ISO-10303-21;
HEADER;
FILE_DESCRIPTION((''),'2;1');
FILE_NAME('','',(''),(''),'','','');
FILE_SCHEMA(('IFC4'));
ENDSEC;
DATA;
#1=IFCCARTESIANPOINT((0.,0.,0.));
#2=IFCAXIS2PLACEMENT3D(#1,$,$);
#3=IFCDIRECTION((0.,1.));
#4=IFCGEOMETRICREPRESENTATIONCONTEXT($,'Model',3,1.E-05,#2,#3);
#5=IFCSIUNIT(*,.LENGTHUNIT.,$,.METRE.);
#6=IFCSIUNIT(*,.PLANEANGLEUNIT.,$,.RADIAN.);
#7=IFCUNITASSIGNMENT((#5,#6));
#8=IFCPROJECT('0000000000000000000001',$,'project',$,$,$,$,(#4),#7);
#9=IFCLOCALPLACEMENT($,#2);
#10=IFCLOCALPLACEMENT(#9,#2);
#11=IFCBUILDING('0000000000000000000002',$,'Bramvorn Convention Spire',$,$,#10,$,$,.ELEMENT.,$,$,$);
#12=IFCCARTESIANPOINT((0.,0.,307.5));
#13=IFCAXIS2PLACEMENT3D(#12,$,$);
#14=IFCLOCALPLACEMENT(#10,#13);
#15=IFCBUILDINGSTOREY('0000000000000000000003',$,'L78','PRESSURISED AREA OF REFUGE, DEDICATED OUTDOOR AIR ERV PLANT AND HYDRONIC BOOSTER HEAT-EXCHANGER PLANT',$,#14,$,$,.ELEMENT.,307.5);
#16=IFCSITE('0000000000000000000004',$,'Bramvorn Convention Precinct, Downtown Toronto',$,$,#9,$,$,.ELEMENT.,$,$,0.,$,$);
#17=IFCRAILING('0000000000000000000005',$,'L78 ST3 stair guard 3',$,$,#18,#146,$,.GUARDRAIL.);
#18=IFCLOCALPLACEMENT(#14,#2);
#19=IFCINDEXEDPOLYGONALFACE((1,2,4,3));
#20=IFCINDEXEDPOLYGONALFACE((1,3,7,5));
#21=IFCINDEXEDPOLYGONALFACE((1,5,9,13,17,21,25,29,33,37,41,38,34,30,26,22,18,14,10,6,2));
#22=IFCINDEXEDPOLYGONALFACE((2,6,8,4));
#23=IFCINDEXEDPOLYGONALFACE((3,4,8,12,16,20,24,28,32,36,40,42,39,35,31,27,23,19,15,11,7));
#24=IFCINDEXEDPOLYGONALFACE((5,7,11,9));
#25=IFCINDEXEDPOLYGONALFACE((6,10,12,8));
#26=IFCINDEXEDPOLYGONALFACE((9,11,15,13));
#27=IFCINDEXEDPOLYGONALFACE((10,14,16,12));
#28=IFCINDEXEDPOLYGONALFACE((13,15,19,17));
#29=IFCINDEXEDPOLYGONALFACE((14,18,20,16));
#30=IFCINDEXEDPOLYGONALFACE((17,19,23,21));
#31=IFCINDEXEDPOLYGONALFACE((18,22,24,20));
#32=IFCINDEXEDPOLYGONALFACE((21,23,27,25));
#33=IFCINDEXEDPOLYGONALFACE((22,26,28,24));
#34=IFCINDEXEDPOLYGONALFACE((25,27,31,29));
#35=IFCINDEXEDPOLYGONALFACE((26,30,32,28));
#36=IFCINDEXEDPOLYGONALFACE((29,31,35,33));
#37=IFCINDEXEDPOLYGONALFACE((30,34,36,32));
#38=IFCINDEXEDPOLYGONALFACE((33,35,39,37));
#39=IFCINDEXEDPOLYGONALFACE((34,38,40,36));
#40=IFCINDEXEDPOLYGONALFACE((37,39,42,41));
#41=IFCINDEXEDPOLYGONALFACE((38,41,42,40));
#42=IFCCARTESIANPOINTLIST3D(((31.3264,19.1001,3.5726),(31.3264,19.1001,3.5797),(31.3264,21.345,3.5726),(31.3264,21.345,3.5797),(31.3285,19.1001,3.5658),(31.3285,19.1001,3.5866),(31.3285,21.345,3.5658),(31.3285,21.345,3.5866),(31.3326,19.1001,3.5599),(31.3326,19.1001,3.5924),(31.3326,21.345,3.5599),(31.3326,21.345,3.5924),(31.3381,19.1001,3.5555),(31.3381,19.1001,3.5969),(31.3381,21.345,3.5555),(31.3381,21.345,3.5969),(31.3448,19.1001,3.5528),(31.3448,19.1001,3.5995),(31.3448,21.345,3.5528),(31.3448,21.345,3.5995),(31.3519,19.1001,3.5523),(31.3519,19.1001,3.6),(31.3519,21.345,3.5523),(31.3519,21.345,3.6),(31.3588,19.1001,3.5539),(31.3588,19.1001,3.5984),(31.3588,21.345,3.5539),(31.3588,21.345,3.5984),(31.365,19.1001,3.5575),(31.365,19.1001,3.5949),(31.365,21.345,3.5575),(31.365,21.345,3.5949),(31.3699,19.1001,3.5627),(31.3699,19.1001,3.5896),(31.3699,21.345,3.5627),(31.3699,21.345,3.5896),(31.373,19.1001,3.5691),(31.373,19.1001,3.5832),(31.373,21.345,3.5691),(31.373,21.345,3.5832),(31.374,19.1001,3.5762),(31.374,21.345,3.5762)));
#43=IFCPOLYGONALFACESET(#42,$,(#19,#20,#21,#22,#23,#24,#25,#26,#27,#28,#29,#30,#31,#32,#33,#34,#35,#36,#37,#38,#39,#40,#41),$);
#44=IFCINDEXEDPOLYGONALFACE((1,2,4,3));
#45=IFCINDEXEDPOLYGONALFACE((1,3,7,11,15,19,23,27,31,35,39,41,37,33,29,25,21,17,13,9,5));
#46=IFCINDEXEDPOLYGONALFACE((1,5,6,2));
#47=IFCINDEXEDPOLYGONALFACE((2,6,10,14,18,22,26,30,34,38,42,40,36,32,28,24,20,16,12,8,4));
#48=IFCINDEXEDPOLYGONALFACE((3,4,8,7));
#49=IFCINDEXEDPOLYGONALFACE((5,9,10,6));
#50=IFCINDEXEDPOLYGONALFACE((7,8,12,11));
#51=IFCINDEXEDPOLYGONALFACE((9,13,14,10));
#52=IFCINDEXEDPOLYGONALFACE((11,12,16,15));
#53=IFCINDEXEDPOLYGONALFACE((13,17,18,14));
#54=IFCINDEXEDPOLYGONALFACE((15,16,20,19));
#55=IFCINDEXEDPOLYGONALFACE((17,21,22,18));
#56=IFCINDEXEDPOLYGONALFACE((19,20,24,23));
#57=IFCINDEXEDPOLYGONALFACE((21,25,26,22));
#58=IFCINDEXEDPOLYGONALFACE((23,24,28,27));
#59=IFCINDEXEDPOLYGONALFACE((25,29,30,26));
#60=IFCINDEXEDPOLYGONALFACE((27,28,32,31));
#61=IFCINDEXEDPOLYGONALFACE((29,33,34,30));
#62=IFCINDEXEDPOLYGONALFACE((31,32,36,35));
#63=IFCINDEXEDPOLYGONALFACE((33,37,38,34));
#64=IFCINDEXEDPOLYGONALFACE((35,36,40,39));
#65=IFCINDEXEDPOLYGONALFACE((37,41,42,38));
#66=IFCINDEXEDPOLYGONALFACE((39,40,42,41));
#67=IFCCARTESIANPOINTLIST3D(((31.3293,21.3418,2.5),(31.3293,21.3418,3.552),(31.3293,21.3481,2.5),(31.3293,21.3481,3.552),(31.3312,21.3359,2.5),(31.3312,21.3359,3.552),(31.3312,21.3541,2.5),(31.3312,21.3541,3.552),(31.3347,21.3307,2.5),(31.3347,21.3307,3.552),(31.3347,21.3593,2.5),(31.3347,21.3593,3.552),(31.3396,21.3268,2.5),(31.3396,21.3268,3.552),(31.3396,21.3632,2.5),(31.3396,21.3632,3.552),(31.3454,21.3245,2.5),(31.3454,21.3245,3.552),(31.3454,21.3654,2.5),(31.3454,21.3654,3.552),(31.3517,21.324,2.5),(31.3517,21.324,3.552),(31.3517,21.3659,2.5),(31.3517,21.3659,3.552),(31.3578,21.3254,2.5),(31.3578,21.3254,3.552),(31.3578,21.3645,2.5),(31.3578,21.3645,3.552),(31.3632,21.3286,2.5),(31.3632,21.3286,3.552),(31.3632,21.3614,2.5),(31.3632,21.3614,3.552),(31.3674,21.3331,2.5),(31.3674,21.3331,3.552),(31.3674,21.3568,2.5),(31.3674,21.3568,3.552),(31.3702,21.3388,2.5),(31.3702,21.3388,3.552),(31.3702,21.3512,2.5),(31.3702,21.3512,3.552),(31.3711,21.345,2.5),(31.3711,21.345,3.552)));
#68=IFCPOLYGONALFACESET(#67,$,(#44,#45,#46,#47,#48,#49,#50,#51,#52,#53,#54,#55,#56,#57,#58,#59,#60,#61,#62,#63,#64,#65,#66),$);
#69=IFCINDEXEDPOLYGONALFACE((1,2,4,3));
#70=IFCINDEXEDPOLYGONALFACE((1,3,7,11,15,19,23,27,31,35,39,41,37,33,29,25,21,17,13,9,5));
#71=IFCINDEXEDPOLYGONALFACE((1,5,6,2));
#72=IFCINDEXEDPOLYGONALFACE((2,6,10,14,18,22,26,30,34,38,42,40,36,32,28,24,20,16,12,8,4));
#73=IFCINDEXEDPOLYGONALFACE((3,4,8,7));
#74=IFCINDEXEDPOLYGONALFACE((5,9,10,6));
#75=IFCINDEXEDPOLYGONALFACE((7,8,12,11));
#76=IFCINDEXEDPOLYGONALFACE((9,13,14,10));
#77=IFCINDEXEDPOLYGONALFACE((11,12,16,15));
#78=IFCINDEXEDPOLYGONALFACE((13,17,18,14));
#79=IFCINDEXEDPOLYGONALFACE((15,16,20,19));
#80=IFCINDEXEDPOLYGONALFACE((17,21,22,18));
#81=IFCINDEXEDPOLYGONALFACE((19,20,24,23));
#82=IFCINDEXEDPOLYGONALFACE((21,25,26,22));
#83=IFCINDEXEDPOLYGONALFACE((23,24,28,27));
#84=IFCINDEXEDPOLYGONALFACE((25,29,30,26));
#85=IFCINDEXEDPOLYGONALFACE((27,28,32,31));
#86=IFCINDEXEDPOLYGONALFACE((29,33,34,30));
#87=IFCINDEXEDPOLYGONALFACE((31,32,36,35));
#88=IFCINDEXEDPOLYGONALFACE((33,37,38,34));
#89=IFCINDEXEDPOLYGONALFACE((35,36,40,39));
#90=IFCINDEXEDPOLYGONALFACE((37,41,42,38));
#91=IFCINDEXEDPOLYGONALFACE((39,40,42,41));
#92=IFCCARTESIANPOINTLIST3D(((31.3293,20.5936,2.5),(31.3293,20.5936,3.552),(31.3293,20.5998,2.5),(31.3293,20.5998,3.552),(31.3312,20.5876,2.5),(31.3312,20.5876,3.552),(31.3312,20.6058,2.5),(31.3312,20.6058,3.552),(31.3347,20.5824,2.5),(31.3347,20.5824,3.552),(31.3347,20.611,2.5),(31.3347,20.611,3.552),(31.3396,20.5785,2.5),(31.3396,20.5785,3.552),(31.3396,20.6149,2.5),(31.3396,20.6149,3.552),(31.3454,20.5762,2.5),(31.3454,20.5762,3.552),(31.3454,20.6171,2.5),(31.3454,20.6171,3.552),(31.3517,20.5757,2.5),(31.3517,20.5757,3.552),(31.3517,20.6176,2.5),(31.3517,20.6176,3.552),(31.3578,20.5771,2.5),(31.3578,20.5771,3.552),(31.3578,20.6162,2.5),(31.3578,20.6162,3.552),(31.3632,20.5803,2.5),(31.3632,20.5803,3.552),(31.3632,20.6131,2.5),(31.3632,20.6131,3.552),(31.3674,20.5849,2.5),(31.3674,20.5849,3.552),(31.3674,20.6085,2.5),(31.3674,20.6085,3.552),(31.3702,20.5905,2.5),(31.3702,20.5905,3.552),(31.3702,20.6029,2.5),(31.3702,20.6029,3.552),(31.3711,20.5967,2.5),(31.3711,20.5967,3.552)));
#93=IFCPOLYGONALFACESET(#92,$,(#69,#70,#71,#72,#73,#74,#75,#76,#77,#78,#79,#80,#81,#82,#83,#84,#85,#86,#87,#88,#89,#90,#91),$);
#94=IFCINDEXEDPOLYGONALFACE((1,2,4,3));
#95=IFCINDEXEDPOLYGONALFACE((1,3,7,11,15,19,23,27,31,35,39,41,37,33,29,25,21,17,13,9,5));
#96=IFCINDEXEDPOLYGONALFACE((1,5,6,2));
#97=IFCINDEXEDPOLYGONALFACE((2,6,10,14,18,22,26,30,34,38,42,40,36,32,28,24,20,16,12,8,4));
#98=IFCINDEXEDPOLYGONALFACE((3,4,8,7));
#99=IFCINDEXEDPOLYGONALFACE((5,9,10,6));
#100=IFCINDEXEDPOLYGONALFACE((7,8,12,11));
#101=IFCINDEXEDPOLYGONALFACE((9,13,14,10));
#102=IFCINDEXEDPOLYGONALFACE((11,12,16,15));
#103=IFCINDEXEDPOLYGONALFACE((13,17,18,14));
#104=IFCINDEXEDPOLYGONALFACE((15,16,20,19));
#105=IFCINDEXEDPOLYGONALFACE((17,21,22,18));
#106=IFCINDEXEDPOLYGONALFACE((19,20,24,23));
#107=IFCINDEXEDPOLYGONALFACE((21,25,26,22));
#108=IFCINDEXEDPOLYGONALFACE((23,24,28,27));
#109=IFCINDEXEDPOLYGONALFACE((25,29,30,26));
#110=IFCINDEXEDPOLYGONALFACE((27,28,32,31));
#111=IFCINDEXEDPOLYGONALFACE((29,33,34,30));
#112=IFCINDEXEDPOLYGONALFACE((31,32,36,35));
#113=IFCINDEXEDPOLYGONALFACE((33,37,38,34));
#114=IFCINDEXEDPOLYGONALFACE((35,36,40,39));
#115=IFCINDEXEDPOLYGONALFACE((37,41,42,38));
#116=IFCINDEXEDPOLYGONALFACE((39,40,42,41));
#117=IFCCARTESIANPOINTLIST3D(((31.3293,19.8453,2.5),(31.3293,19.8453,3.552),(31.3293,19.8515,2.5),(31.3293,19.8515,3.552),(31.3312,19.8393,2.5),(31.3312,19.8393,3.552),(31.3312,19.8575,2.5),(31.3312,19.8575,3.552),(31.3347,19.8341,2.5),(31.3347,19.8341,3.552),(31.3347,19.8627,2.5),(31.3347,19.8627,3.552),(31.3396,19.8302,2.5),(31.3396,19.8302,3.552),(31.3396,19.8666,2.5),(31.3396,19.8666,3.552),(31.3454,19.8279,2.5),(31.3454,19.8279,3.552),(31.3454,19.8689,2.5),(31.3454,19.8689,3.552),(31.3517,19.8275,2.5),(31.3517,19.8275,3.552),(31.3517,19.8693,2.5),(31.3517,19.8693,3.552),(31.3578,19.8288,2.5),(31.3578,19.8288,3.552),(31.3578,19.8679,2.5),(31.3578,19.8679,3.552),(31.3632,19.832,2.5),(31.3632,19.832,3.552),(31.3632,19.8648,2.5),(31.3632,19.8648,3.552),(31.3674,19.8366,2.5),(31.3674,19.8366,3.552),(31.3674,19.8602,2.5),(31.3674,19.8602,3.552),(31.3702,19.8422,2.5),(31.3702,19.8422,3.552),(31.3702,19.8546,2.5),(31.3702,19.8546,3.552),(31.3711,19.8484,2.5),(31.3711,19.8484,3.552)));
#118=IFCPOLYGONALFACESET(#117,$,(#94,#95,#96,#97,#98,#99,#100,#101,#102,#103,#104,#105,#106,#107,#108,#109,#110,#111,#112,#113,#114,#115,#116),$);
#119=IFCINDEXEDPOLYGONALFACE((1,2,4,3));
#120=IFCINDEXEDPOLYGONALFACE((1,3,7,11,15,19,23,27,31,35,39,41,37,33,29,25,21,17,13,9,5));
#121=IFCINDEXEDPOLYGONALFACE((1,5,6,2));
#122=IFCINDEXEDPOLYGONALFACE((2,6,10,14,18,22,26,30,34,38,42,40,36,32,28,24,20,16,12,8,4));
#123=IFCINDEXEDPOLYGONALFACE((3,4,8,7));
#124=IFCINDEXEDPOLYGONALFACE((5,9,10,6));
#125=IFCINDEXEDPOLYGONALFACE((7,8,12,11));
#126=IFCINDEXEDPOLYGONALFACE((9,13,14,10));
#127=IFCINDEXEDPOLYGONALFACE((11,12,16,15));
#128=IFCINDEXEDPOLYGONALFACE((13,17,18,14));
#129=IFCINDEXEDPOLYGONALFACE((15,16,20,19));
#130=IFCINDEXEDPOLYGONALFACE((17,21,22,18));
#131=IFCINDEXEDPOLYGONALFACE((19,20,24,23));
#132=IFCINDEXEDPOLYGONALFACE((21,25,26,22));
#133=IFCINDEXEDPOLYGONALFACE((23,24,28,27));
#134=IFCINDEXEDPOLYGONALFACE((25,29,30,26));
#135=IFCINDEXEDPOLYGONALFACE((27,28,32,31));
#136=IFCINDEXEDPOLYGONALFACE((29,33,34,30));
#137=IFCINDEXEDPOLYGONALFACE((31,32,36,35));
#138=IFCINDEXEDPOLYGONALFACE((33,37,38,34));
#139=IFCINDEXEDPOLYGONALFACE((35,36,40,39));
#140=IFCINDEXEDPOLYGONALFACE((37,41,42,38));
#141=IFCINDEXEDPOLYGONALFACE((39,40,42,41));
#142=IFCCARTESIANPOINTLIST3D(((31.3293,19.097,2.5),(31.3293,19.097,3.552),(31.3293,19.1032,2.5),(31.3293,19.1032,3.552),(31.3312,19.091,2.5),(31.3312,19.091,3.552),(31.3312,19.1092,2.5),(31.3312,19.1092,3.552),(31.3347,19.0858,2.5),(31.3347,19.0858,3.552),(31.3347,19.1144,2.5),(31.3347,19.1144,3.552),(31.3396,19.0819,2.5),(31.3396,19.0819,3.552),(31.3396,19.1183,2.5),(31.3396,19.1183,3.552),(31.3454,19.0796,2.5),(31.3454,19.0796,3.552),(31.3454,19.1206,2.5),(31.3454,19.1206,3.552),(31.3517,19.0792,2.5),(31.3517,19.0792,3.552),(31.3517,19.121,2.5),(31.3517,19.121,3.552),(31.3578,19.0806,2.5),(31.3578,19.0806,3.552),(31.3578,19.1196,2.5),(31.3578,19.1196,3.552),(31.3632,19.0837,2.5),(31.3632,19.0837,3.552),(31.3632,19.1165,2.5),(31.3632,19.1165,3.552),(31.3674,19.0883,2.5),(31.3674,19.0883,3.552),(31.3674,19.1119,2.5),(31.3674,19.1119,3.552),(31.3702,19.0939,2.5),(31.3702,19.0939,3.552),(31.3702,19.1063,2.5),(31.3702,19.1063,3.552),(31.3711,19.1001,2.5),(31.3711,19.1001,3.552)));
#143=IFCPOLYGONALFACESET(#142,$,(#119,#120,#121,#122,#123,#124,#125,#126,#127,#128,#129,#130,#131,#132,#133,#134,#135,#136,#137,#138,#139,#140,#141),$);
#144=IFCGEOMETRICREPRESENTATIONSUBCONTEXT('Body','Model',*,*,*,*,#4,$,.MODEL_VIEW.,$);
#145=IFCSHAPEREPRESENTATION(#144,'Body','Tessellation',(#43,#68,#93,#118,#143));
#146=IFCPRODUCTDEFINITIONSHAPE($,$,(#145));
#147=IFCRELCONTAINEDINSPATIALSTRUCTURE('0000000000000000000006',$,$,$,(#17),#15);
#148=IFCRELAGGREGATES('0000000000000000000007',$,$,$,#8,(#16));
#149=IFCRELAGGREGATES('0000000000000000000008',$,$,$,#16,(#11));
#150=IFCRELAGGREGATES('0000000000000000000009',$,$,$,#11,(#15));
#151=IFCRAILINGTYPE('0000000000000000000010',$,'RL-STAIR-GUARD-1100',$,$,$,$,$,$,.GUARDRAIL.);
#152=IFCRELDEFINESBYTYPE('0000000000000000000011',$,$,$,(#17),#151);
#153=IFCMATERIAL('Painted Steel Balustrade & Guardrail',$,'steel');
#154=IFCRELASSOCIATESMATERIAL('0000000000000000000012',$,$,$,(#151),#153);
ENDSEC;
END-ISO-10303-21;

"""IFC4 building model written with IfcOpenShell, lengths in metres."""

from ifc_helpers import new_model, si_unit, direction, frame, origin, origin_2d, place, context, subcontext, project, spatial, circle, extrude, material, type_object, element, save


model = new_model("IFC4")

# Units and contexts
model_context = context("Model", 3, precision=1e-05, world=origin(), true_north=direction((0.0, 1.0)))
body_context = subcontext(model_context, "Body", "Model", "MODEL_VIEW")
ifc_project = project(units=[si_unit("LENGTHUNIT", "METRE"), si_unit("PLANEANGLEUNIT", "RADIAN")], contexts=[model_context])

# Site, building, storey
site_placement = place(None, origin())
site = spatial("IfcSite", under=ifc_project, at=site_placement, Name="Bramvorn Convention Precinct, Downtown Toronto", CompositionType="ELEMENT", RefElevation=0.0)
building_placement = place(site_placement, origin())
building = spatial("IfcBuilding", under=site, at=building_placement, Name="Bramvorn Convention Spire", CompositionType="ELEMENT")
storey_placement = place(building_placement, frame((0.0, 0.0, 307.5)))
storey = spatial("IfcBuildingStorey", under=building, at=storey_placement, Name="L78", Description="PRESSURISED AREA OF REFUGE, DEDICATED OUTDOOR AIR ERV PLANT AND HYDRONIC BOOSTER HEAT-EXCHANGER PLANT", CompositionType="ELEMENT", Elevation=307.5)

# Railing
ifc_material_1 = material(Name="Painted Steel Balustrade & Guardrail", Category="steel")
railing_type_1 = type_object("IfcRailingType", Name="RL-STAIR-GUARD-1100", PredefinedType="GUARDRAIL", material=ifc_material_1)
for number, where, name in (
    (1, (31.3501, 21.345, 2.5), "L78 ST3 stair guard 3"),
):
    element("IfcRailing", number, at=place(storey_placement, frame(where)), inside=storey, type_object=railing_type_1, Name=name, PredefinedType="GUARDRAIL", context=body_context, shape_type="SweptSolid", body=[
        extrude(circle(Radius=0.0239, at=origin_2d()), frame((0.0, 0.0, 1.0762), z_axis=(0.0, -1.0, 0.0), x_axis=(1.0, 0.0, 0.0)), (0.0, 0.0, 1.0), 2.2449),
        extrude(circle(Radius=0.021, at=origin_2d()), origin(), (0.0, 0.0, 1.0), 1.052),
        extrude(circle(Radius=0.021, at=origin_2d()), frame((0.0, -0.7483, 0.0)), (0.0, 0.0, 1.0), 1.052),
        extrude(circle(Radius=0.021, at=origin_2d()), frame((0.0, -1.4966, 0.0)), (0.0, 0.0, 1.0), 1.052),
        extrude(circle(Radius=0.021, at=origin_2d()), frame((0.0, -2.2449, 0.0)), (0.0, 0.0, 1.0), 1.052),
    ])

save(model, "model.ifc")
